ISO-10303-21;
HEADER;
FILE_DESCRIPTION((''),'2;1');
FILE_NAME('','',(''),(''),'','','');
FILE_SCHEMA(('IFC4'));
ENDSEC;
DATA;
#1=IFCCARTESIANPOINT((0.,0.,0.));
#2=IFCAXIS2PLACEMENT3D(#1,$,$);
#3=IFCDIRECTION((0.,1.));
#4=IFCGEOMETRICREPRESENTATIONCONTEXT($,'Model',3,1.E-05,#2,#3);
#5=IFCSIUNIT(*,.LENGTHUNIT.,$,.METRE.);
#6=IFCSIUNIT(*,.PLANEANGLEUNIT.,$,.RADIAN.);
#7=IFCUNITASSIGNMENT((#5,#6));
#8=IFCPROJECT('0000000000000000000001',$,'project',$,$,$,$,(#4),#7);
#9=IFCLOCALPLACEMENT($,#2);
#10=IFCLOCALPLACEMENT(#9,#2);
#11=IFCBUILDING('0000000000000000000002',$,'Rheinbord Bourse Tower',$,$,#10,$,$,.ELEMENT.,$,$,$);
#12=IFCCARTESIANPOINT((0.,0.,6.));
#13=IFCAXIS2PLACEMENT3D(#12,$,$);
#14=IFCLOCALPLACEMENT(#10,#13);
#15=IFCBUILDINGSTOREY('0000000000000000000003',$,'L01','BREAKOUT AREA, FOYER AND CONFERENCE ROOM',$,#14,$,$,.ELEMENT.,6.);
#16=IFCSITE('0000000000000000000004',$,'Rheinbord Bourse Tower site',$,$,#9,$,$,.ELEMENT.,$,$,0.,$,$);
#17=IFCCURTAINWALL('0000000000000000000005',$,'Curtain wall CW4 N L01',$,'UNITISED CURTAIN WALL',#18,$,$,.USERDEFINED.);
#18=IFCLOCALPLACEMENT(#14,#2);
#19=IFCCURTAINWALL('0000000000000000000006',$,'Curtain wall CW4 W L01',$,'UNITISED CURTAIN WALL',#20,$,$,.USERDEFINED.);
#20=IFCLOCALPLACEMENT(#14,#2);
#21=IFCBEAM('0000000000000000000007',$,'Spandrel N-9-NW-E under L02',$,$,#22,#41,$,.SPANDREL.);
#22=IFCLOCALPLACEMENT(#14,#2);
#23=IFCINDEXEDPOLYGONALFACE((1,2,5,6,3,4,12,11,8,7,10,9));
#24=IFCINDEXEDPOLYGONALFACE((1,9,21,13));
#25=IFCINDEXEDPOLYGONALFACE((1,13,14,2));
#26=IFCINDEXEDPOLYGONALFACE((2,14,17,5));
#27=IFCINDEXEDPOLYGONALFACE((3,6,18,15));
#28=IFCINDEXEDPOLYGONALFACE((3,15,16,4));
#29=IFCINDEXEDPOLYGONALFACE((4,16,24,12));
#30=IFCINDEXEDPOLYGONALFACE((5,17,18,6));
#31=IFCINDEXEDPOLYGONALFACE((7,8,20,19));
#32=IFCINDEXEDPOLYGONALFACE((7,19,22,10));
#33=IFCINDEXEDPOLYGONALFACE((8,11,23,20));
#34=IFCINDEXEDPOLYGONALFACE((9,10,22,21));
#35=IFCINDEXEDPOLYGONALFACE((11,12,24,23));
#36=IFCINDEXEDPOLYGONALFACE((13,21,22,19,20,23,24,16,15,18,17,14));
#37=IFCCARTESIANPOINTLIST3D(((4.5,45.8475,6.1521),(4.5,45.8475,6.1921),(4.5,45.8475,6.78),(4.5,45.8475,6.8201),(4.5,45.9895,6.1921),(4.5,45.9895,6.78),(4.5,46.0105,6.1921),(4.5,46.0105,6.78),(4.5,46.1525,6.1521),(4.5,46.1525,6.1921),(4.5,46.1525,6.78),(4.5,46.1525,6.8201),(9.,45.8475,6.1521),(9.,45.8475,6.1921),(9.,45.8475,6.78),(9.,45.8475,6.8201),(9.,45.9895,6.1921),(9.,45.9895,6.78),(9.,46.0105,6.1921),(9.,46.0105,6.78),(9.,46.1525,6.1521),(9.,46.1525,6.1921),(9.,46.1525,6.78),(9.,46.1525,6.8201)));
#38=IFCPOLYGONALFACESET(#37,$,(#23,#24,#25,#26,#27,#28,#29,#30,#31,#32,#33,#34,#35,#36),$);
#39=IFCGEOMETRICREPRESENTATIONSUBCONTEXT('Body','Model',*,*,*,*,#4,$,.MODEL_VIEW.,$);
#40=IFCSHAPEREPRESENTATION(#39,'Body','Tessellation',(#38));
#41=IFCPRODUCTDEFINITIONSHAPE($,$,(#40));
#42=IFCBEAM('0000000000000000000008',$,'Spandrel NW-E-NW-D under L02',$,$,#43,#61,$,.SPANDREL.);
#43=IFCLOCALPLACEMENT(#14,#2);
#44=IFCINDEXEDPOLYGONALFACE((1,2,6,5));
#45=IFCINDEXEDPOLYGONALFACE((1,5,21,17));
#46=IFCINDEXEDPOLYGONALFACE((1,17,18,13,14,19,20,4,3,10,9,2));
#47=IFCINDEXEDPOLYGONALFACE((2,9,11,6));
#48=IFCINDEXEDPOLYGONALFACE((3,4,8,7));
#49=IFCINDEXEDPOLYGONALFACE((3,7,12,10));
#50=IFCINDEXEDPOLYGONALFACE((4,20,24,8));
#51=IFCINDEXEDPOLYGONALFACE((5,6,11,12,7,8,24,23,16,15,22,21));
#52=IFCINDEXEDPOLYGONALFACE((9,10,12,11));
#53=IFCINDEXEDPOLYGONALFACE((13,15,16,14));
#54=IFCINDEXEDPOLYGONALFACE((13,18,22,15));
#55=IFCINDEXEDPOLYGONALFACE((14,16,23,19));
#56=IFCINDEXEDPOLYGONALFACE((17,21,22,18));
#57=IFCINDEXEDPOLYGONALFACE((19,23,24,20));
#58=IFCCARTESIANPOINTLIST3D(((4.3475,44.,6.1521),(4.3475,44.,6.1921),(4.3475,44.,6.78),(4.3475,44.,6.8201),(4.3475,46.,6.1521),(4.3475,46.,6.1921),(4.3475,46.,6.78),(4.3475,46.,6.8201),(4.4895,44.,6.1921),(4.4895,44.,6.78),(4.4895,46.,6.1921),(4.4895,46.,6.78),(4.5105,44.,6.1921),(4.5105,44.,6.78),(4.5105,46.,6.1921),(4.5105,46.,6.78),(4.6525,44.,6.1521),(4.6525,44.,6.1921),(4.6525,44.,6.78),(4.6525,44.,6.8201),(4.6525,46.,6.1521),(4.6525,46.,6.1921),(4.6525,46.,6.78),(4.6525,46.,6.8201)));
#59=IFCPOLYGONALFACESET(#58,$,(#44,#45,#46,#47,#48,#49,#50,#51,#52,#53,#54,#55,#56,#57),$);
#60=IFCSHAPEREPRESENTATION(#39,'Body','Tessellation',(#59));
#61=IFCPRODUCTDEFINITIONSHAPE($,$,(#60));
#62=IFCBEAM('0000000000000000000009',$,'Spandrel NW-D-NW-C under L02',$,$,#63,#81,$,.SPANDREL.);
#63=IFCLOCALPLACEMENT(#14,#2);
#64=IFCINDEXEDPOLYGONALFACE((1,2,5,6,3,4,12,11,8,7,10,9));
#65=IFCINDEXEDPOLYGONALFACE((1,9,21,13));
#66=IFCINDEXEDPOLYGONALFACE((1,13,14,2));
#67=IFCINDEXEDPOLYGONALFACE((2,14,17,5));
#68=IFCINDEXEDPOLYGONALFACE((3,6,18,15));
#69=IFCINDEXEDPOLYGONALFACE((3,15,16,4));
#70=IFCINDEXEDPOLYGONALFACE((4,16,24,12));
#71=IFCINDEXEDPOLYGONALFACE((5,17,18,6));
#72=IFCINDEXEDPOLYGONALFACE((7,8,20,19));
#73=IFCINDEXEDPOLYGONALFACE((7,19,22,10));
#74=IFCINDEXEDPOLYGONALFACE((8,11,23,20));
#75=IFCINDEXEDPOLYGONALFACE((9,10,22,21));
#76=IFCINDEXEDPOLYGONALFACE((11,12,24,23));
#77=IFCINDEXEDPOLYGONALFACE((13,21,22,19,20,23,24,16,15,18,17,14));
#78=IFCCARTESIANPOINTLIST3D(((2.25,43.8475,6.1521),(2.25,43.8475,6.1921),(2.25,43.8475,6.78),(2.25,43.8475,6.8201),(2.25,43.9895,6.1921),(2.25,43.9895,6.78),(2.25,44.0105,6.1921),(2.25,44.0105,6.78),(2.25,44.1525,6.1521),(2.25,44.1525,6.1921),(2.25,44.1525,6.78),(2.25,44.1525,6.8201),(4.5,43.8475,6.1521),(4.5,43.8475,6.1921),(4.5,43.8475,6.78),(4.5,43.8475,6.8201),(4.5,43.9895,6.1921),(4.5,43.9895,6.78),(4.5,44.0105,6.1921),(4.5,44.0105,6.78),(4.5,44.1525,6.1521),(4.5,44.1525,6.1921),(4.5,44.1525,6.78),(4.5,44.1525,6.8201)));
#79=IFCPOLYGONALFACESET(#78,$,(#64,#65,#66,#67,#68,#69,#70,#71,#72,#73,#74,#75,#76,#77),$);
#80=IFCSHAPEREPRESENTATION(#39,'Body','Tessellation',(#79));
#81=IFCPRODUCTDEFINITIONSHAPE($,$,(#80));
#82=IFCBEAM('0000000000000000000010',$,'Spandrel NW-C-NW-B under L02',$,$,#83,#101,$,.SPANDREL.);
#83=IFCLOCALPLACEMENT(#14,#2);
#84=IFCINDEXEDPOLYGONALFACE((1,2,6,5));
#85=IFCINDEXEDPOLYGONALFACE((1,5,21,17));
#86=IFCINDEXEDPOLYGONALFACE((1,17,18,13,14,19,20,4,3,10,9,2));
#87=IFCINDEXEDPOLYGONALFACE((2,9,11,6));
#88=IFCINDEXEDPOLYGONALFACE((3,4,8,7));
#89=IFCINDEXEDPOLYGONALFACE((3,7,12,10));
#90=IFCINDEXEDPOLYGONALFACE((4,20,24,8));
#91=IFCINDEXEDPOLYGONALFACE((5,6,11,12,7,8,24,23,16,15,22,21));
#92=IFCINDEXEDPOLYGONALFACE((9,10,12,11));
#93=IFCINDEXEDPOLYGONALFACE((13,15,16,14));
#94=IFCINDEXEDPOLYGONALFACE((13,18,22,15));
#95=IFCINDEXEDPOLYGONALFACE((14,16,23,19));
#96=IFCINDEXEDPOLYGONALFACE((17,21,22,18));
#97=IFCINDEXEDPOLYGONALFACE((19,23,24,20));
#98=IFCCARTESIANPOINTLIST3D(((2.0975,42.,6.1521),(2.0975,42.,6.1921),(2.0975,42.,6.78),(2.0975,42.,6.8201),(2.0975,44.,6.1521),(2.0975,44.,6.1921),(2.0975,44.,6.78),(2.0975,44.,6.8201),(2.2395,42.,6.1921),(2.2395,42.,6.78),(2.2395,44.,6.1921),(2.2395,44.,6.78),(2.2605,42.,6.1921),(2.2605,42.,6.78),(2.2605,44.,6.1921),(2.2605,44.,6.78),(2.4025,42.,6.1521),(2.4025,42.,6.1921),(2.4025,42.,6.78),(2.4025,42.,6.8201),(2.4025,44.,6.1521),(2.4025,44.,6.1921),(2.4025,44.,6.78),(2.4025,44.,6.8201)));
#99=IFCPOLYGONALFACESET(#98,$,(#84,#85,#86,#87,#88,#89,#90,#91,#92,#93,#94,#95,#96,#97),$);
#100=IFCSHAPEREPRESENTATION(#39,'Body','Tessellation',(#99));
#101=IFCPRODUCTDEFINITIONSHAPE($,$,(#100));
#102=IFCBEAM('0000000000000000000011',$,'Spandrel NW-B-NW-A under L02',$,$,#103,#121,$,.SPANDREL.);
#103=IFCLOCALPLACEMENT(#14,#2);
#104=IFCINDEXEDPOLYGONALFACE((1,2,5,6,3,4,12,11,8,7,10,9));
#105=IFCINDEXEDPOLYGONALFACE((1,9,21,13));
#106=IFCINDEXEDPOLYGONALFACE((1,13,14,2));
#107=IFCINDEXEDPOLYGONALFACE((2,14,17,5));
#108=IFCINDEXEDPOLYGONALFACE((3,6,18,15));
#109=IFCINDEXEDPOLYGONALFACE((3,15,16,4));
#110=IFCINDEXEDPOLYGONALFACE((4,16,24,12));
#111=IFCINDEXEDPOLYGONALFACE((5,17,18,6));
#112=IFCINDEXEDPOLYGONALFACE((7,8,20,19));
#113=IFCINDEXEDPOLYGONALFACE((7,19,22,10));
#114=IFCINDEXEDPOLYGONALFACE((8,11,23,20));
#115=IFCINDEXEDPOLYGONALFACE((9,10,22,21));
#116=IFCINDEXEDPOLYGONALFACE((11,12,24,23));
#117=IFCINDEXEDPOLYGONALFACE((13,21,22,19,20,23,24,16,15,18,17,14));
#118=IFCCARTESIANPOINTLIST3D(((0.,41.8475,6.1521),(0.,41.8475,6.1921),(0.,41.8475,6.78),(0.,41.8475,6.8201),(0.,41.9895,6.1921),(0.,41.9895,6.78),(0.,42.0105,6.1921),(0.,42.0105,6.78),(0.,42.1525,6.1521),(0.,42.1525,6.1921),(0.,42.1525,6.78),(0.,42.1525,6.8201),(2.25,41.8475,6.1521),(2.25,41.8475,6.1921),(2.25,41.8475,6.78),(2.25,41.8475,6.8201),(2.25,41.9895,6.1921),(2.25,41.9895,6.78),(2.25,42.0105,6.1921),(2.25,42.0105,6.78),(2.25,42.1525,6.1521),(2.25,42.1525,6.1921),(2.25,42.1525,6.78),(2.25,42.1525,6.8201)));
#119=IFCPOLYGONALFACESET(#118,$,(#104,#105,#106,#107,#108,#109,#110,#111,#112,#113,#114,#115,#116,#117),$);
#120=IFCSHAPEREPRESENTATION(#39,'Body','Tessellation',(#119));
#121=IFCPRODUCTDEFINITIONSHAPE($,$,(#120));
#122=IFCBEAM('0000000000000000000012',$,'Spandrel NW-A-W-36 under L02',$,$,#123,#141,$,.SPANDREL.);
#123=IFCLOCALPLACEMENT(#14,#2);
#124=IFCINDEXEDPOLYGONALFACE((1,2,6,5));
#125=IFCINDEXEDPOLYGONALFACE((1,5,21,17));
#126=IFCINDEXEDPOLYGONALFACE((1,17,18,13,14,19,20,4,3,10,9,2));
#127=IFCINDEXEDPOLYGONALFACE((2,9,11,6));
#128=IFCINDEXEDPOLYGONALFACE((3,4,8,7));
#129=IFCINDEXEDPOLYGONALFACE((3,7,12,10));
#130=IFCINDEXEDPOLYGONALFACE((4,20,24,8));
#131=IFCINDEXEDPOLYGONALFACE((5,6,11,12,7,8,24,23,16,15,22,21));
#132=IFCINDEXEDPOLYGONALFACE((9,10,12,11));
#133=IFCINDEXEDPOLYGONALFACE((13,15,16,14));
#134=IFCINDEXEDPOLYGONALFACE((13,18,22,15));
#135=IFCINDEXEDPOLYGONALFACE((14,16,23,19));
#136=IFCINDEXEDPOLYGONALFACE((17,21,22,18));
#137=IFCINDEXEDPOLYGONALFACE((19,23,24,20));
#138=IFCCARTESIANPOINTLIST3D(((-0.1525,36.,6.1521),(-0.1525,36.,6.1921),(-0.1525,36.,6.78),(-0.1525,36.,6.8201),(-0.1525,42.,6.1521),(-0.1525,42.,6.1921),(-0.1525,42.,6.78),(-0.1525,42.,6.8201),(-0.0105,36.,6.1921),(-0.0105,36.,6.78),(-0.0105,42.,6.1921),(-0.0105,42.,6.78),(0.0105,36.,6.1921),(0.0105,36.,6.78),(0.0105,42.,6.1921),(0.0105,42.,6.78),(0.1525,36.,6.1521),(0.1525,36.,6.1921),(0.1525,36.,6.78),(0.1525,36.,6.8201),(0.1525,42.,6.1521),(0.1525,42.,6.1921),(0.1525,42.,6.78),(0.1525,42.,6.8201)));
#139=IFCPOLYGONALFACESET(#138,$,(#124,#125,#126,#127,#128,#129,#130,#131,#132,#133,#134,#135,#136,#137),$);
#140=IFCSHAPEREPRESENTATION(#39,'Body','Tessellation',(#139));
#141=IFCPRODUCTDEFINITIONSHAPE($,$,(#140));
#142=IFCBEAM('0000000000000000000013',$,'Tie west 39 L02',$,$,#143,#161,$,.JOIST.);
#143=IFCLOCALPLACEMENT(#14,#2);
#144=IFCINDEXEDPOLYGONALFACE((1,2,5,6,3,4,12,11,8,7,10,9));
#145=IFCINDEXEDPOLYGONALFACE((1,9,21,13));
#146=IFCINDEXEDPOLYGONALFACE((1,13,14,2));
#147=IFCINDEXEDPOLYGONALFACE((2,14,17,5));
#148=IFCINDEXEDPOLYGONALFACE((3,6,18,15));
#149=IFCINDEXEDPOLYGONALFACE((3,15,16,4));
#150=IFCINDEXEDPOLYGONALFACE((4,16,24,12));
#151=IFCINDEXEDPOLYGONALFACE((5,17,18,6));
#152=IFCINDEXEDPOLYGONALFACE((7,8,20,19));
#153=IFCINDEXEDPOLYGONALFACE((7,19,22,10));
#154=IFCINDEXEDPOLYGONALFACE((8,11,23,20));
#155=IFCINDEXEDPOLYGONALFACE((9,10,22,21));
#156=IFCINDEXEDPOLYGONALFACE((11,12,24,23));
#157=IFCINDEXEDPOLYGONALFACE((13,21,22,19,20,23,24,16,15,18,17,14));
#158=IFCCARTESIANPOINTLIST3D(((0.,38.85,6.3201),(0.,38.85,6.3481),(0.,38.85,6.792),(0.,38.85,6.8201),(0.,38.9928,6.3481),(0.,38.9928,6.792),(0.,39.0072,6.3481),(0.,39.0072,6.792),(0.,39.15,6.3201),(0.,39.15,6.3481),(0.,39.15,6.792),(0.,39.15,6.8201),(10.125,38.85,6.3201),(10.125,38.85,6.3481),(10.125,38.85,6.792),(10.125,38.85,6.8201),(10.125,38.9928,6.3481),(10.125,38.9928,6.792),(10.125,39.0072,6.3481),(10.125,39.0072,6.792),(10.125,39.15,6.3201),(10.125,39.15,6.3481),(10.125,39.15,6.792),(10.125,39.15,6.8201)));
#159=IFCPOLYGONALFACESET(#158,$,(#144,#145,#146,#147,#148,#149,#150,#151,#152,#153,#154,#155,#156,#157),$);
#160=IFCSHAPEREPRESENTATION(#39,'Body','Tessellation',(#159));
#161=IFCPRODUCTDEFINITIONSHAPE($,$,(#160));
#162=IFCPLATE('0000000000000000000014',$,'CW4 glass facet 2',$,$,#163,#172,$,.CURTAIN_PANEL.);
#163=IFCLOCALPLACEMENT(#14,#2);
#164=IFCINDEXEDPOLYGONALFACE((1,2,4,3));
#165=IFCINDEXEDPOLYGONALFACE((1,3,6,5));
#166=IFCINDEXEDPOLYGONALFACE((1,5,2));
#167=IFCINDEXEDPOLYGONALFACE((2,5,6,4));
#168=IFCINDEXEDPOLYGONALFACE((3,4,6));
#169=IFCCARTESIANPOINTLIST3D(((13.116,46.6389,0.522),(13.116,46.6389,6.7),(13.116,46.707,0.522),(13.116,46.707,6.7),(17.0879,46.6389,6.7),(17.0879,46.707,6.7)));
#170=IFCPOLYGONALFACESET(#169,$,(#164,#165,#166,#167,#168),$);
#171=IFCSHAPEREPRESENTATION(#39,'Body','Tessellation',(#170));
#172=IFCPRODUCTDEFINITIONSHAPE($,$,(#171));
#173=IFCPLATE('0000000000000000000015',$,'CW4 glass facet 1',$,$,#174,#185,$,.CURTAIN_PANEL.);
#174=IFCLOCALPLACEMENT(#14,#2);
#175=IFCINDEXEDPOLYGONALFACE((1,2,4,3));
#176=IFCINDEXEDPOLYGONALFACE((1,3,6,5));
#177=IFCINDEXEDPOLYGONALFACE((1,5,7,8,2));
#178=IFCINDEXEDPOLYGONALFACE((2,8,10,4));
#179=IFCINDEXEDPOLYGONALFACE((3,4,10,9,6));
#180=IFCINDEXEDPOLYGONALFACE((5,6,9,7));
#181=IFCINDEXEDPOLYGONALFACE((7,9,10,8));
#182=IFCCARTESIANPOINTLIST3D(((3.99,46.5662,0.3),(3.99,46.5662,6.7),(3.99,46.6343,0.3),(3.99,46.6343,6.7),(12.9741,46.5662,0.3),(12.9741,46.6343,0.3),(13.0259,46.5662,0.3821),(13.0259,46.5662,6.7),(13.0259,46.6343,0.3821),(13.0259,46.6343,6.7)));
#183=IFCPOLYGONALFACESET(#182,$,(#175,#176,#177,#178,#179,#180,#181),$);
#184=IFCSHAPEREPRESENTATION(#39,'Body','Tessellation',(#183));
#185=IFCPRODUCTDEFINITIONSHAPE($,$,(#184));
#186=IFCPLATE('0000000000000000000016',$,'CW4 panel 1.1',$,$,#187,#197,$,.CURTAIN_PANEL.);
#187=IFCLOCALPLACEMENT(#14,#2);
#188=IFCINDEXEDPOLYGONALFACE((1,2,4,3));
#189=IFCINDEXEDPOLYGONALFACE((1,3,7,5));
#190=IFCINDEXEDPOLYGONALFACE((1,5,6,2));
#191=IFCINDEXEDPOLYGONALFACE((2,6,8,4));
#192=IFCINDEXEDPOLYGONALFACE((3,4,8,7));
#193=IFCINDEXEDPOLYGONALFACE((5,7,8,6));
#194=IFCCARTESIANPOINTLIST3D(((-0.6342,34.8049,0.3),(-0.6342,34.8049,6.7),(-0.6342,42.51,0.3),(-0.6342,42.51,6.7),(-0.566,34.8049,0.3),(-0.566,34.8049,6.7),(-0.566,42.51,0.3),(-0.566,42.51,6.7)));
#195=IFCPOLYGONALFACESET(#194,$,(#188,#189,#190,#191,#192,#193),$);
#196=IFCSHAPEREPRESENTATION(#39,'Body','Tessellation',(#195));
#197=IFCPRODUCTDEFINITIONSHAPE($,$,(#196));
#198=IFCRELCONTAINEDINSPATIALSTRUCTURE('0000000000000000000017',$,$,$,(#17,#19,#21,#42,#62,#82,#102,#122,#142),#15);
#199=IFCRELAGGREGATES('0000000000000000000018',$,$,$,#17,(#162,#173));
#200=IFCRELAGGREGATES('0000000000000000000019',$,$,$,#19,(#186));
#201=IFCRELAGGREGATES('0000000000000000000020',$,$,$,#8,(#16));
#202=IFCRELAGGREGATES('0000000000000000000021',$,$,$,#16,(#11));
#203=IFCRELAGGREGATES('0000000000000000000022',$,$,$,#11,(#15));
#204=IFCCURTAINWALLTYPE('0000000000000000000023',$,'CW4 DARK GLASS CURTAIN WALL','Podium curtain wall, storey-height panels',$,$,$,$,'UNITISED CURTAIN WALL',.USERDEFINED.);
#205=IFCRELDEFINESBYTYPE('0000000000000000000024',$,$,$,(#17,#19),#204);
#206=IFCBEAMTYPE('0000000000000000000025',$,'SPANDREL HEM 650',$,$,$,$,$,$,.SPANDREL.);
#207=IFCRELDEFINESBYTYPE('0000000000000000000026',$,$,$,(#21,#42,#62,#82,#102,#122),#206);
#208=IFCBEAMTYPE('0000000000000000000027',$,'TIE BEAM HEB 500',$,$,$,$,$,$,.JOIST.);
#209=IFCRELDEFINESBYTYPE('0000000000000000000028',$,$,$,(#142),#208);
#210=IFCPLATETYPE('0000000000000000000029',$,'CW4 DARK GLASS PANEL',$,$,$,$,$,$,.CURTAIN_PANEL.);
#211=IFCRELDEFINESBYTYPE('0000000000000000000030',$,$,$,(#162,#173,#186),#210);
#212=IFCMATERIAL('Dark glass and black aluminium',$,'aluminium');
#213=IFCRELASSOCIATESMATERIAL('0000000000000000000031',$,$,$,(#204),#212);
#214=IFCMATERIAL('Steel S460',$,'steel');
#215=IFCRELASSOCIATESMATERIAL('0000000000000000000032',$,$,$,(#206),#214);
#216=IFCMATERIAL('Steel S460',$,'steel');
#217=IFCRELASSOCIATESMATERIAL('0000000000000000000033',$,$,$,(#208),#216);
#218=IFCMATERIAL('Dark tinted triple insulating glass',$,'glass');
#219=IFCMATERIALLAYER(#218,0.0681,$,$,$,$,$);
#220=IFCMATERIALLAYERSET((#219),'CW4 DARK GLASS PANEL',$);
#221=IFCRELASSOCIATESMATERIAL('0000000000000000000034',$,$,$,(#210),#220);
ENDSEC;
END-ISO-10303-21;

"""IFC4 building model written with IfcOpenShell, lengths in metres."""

from ifc_helpers import new_model, si_unit, direction, frame, origin, origin_2d, place, context, subcontext, project, spatial, polyline, rectangle, i_section, outline, extrude, material, layer, layer_set, material_profile, profile_set, type_object, element, aggregate, save


model = new_model("IFC4")

# Units and contexts
model_context = context("Model", 3, precision=1e-05, world=origin(), true_north=direction((0.0, 1.0)))
body_context = subcontext(model_context, "Body", "Model", "MODEL_VIEW")
ifc_project = project(units=[si_unit("LENGTHUNIT", "METRE"), si_unit("PLANEANGLEUNIT", "RADIAN")], contexts=[model_context])

# Site, building, storey
site_placement = place(None, origin())
site = spatial("IfcSite", under=ifc_project, at=site_placement, Name="Rheinbord Bourse Tower site", CompositionType="ELEMENT", RefElevation=0.0)
building_placement = place(site_placement, origin())
building = spatial("IfcBuilding", under=site, at=building_placement, Name="Rheinbord Bourse Tower", CompositionType="ELEMENT")
storey_placement = place(building_placement, frame((0.0, 0.0, 6.0)))
storey = spatial("IfcBuildingStorey", under=building, at=storey_placement, Name="L01", Description="BREAKOUT AREA, FOYER AND CONFERENCE ROOM", CompositionType="ELEMENT", Elevation=6.0)

# Curtain wall
ifc_material_1 = material(Name="Dark glass and black aluminium", Category="aluminium")
curtain_wall_type = type_object("IfcCurtainWallType", Name="CW4 DARK GLASS CURTAIN WALL", Description="Podium curtain wall, storey-height panels", ElementType="UNITISED CURTAIN WALL", PredefinedType="USERDEFINED", material=ifc_material_1)
curtain_wall_1_placement = place(storey_placement, origin())
curtain_wall_1 = element("IfcCurtainWall", 1, at=curtain_wall_1_placement, inside=storey, type_object=curtain_wall_type, Name="Curtain wall CW4 N L01", ObjectType="UNITISED CURTAIN WALL", PredefinedType="USERDEFINED")

# Curtain wall
curtain_wall_2_placement = place(storey_placement, origin())
curtain_wall_2 = element("IfcCurtainWall", 2, at=curtain_wall_2_placement, inside=storey, type_object=curtain_wall_type, Name="Curtain wall CW4 W L01", ObjectType="UNITISED CURTAIN WALL", PredefinedType="USERDEFINED")

# Beams
ifc_material_2 = material(Name="Steel S460", Category="steel")
ifc_material_profile_1 = material_profile(ifc_material_2, i_section(OverallWidth=0.3049, OverallDepth=0.668, WebThickness=0.021, FlangeThickness=0.04, at=origin_2d()), Name="HEM 650")
ifc_profile_set_1 = profile_set([ifc_material_profile_1], Name="Steel S460")
beam_type_1 = type_object("IfcBeamType", Name="SPANDREL HEM 650", PredefinedType="SPANDREL", material=ifc_profile_set_1)
for number, where, z_axis, x_axis, name in (
    (3, (9.0, 46.0, 6.4861), (-1.0, 0.0, 0.0), (0.0, -1.0, 0.0), "Spandrel N-9-NW-E under L02"),
):
    element("IfcBeam", number, at=place(storey_placement, frame(where, z_axis=z_axis, x_axis=x_axis)), inside=storey, type_object=beam_type_1, Name=name, PredefinedType="SPANDREL", context=body_context, shape_type="SweptSolid", body=[
        extrude(i_section(OverallWidth=0.3049, OverallDepth=0.668, WebThickness=0.021, FlangeThickness=0.04, at=origin_2d()), origin(), (0.0, 0.0, 1.0), 4.5),
    ])
beam_1_placement = place(storey_placement, frame((4.5, 46.0, 6.4861), z_axis=(0.0, -1.0, 0.0), x_axis=(1.0, 0.0, 0.0)))
element("IfcBeam", 4, at=beam_1_placement, inside=storey, type_object=beam_type_1, Name="Spandrel NW-E-NW-D under L02", PredefinedType="SPANDREL", context=body_context, shape_type="SweptSolid", body=[
    extrude(i_section(OverallWidth=0.3049, OverallDepth=0.668, WebThickness=0.021, FlangeThickness=0.04, at=origin_2d()), origin(), (0.0, 0.0, 1.0), 2.0),
])
beam_2_placement = place(storey_placement, frame((4.5, 44.0, 6.4861), z_axis=(-1.0, 0.0, 0.0), x_axis=(0.0, -1.0, 0.0)))
element("IfcBeam", 5, at=beam_2_placement, inside=storey, type_object=beam_type_1, Name="Spandrel NW-D-NW-C under L02", PredefinedType="SPANDREL", context=body_context, shape_type="SweptSolid", body=[
    extrude(i_section(OverallWidth=0.3049, OverallDepth=0.668, WebThickness=0.021, FlangeThickness=0.04, at=origin_2d()), origin(), (0.0, 0.0, 1.0), 2.25),
])
beam_3_placement = place(storey_placement, frame((2.25, 44.0, 6.4861), z_axis=(0.0, -1.0, 0.0), x_axis=(1.0, 0.0, 0.0)))
element("IfcBeam", 6, at=beam_3_placement, inside=storey, type_object=beam_type_1, Name="Spandrel NW-C-NW-B under L02", PredefinedType="SPANDREL", context=body_context, shape_type="SweptSolid", body=[
    extrude(i_section(OverallWidth=0.3049, OverallDepth=0.668, WebThickness=0.021, FlangeThickness=0.04, at=origin_2d()), origin(), (0.0, 0.0, 1.0), 2.0),
])
beam_4_placement = place(storey_placement, frame((2.25, 42.0, 6.4861), z_axis=(-1.0, 0.0, 0.0), x_axis=(0.0, -1.0, 0.0)))
element("IfcBeam", 7, at=beam_4_placement, inside=storey, type_object=beam_type_1, Name="Spandrel NW-B-NW-A under L02", PredefinedType="SPANDREL", context=body_context, shape_type="SweptSolid", body=[
    extrude(i_section(OverallWidth=0.3049, OverallDepth=0.668, WebThickness=0.021, FlangeThickness=0.04, at=origin_2d()), origin(), (0.0, 0.0, 1.0), 2.25),
])
beam_5_placement = place(storey_placement, frame((0.0, 42.0, 6.4861), z_axis=(0.0, -1.0, 0.0), x_axis=(1.0, 0.0, 0.0)))
element("IfcBeam", 8, at=beam_5_placement, inside=storey, type_object=beam_type_1, Name="Spandrel NW-A-W-36 under L02", PredefinedType="SPANDREL", context=body_context, shape_type="SweptSolid", body=[
    extrude(i_section(OverallWidth=0.3049, OverallDepth=0.668, WebThickness=0.021, FlangeThickness=0.04, at=origin_2d()), origin(), (0.0, 0.0, 1.0), 6.0),
])
ifc_material_3 = material(Name="Steel S460", Category="steel")
ifc_material_profile_2 = material_profile(ifc_material_3, i_section(OverallWidth=0.3, OverallDepth=0.5, WebThickness=0.0144, FlangeThickness=0.0281, at=origin_2d()), Name="HEB 500")
ifc_profile_set_2 = profile_set([ifc_material_profile_2], Name="Steel S460")
beam_type_2 = type_object("IfcBeamType", Name="TIE BEAM HEB 500", PredefinedType="JOIST", material=ifc_profile_set_2)
beam_6_placement = place(storey_placement, frame((0.0, 39.0, 6.5701), z_axis=(1.0, 0.0, 0.0), x_axis=(0.0, 1.0, 0.0)))
element("IfcBeam", 9, at=beam_6_placement, inside=storey, type_object=beam_type_2, Name="Tie west 39 L02", PredefinedType="JOIST", context=body_context, shape_type="SweptSolid", body=[
    extrude(i_section(OverallWidth=0.3, OverallDepth=0.5, WebThickness=0.0144, FlangeThickness=0.0281, at=origin_2d()), origin(), (0.0, 0.0, 1.0), 10.125),
])

# Plates
ifc_material_4 = material(Name="Dark tinted triple insulating glass", Category="glass")
ifc_layer_1 = layer(ifc_material_4, 0.0681)
ifc_layer_set_1 = layer_set([ifc_layer_1], Name="CW4 DARK GLASS PANEL")
plate_type = type_object("IfcPlateType", Name="CW4 DARK GLASS PANEL", PredefinedType="CURTAIN_PANEL", material=ifc_layer_set_1)
plate_1_placement = place(storey_placement, frame((13.116, 46.707, 6.7), z_axis=(0.0, -1.0, 0.0), x_axis=(0.0, 0.0, -1.0)))
plate_1 = element("IfcPlate", 10, at=plate_1_placement, type_object=plate_type, Name="CW4 glass facet 2", PredefinedType="CURTAIN_PANEL", context=body_context, shape_type="SweptSolid", body=[
    extrude(outline(polyline([(0.0, 0.0), (6.178, 0.0), (0.0, 3.9719), (0.0, 0.0)])), origin(), (0.0, 0.0, 1.0), 0.0681),
])
plate_2_placement = place(storey_placement, frame((13.0259, 46.6343, 6.7), z_axis=(0.0, -1.0, 0.0), x_axis=(-1.0, 0.0, 0.0)))
plate_2 = element("IfcPlate", 11, at=plate_2_placement, type_object=plate_type, Name="CW4 glass facet 1", PredefinedType="CURTAIN_PANEL", context=body_context, shape_type="SweptSolid", body=[
    extrude(outline(polyline([(0.0, 0.0), (9.0359, 0.0), (9.0359, 6.3999), (0.0518, 6.3999), (0.0, 6.3179), (0.0, 0.0)])), origin(), (0.0, 0.0, 1.0), 0.0681),
])
aggregate(curtain_wall_1, [plate_1, plate_2])
plate_3_placement = place(storey_placement, frame((-0.6001, 38.6575, 0.3), z_axis=(0.0, 0.0, 1.0), x_axis=(0.0, -1.0, 0.0)))
plate_3 = element("IfcPlate", 12, at=plate_3_placement, type_object=plate_type, Name="CW4 panel 1.1", PredefinedType="CURTAIN_PANEL", context=body_context, shape_type="SweptSolid", body=[
    extrude(rectangle(XDim=7.7051, YDim=0.0681, at=origin_2d()), origin(), (0.0, 0.0, 1.0), 6.3999),
])
aggregate(curtain_wall_2, [plate_3])

save(model, "model.ifc")
